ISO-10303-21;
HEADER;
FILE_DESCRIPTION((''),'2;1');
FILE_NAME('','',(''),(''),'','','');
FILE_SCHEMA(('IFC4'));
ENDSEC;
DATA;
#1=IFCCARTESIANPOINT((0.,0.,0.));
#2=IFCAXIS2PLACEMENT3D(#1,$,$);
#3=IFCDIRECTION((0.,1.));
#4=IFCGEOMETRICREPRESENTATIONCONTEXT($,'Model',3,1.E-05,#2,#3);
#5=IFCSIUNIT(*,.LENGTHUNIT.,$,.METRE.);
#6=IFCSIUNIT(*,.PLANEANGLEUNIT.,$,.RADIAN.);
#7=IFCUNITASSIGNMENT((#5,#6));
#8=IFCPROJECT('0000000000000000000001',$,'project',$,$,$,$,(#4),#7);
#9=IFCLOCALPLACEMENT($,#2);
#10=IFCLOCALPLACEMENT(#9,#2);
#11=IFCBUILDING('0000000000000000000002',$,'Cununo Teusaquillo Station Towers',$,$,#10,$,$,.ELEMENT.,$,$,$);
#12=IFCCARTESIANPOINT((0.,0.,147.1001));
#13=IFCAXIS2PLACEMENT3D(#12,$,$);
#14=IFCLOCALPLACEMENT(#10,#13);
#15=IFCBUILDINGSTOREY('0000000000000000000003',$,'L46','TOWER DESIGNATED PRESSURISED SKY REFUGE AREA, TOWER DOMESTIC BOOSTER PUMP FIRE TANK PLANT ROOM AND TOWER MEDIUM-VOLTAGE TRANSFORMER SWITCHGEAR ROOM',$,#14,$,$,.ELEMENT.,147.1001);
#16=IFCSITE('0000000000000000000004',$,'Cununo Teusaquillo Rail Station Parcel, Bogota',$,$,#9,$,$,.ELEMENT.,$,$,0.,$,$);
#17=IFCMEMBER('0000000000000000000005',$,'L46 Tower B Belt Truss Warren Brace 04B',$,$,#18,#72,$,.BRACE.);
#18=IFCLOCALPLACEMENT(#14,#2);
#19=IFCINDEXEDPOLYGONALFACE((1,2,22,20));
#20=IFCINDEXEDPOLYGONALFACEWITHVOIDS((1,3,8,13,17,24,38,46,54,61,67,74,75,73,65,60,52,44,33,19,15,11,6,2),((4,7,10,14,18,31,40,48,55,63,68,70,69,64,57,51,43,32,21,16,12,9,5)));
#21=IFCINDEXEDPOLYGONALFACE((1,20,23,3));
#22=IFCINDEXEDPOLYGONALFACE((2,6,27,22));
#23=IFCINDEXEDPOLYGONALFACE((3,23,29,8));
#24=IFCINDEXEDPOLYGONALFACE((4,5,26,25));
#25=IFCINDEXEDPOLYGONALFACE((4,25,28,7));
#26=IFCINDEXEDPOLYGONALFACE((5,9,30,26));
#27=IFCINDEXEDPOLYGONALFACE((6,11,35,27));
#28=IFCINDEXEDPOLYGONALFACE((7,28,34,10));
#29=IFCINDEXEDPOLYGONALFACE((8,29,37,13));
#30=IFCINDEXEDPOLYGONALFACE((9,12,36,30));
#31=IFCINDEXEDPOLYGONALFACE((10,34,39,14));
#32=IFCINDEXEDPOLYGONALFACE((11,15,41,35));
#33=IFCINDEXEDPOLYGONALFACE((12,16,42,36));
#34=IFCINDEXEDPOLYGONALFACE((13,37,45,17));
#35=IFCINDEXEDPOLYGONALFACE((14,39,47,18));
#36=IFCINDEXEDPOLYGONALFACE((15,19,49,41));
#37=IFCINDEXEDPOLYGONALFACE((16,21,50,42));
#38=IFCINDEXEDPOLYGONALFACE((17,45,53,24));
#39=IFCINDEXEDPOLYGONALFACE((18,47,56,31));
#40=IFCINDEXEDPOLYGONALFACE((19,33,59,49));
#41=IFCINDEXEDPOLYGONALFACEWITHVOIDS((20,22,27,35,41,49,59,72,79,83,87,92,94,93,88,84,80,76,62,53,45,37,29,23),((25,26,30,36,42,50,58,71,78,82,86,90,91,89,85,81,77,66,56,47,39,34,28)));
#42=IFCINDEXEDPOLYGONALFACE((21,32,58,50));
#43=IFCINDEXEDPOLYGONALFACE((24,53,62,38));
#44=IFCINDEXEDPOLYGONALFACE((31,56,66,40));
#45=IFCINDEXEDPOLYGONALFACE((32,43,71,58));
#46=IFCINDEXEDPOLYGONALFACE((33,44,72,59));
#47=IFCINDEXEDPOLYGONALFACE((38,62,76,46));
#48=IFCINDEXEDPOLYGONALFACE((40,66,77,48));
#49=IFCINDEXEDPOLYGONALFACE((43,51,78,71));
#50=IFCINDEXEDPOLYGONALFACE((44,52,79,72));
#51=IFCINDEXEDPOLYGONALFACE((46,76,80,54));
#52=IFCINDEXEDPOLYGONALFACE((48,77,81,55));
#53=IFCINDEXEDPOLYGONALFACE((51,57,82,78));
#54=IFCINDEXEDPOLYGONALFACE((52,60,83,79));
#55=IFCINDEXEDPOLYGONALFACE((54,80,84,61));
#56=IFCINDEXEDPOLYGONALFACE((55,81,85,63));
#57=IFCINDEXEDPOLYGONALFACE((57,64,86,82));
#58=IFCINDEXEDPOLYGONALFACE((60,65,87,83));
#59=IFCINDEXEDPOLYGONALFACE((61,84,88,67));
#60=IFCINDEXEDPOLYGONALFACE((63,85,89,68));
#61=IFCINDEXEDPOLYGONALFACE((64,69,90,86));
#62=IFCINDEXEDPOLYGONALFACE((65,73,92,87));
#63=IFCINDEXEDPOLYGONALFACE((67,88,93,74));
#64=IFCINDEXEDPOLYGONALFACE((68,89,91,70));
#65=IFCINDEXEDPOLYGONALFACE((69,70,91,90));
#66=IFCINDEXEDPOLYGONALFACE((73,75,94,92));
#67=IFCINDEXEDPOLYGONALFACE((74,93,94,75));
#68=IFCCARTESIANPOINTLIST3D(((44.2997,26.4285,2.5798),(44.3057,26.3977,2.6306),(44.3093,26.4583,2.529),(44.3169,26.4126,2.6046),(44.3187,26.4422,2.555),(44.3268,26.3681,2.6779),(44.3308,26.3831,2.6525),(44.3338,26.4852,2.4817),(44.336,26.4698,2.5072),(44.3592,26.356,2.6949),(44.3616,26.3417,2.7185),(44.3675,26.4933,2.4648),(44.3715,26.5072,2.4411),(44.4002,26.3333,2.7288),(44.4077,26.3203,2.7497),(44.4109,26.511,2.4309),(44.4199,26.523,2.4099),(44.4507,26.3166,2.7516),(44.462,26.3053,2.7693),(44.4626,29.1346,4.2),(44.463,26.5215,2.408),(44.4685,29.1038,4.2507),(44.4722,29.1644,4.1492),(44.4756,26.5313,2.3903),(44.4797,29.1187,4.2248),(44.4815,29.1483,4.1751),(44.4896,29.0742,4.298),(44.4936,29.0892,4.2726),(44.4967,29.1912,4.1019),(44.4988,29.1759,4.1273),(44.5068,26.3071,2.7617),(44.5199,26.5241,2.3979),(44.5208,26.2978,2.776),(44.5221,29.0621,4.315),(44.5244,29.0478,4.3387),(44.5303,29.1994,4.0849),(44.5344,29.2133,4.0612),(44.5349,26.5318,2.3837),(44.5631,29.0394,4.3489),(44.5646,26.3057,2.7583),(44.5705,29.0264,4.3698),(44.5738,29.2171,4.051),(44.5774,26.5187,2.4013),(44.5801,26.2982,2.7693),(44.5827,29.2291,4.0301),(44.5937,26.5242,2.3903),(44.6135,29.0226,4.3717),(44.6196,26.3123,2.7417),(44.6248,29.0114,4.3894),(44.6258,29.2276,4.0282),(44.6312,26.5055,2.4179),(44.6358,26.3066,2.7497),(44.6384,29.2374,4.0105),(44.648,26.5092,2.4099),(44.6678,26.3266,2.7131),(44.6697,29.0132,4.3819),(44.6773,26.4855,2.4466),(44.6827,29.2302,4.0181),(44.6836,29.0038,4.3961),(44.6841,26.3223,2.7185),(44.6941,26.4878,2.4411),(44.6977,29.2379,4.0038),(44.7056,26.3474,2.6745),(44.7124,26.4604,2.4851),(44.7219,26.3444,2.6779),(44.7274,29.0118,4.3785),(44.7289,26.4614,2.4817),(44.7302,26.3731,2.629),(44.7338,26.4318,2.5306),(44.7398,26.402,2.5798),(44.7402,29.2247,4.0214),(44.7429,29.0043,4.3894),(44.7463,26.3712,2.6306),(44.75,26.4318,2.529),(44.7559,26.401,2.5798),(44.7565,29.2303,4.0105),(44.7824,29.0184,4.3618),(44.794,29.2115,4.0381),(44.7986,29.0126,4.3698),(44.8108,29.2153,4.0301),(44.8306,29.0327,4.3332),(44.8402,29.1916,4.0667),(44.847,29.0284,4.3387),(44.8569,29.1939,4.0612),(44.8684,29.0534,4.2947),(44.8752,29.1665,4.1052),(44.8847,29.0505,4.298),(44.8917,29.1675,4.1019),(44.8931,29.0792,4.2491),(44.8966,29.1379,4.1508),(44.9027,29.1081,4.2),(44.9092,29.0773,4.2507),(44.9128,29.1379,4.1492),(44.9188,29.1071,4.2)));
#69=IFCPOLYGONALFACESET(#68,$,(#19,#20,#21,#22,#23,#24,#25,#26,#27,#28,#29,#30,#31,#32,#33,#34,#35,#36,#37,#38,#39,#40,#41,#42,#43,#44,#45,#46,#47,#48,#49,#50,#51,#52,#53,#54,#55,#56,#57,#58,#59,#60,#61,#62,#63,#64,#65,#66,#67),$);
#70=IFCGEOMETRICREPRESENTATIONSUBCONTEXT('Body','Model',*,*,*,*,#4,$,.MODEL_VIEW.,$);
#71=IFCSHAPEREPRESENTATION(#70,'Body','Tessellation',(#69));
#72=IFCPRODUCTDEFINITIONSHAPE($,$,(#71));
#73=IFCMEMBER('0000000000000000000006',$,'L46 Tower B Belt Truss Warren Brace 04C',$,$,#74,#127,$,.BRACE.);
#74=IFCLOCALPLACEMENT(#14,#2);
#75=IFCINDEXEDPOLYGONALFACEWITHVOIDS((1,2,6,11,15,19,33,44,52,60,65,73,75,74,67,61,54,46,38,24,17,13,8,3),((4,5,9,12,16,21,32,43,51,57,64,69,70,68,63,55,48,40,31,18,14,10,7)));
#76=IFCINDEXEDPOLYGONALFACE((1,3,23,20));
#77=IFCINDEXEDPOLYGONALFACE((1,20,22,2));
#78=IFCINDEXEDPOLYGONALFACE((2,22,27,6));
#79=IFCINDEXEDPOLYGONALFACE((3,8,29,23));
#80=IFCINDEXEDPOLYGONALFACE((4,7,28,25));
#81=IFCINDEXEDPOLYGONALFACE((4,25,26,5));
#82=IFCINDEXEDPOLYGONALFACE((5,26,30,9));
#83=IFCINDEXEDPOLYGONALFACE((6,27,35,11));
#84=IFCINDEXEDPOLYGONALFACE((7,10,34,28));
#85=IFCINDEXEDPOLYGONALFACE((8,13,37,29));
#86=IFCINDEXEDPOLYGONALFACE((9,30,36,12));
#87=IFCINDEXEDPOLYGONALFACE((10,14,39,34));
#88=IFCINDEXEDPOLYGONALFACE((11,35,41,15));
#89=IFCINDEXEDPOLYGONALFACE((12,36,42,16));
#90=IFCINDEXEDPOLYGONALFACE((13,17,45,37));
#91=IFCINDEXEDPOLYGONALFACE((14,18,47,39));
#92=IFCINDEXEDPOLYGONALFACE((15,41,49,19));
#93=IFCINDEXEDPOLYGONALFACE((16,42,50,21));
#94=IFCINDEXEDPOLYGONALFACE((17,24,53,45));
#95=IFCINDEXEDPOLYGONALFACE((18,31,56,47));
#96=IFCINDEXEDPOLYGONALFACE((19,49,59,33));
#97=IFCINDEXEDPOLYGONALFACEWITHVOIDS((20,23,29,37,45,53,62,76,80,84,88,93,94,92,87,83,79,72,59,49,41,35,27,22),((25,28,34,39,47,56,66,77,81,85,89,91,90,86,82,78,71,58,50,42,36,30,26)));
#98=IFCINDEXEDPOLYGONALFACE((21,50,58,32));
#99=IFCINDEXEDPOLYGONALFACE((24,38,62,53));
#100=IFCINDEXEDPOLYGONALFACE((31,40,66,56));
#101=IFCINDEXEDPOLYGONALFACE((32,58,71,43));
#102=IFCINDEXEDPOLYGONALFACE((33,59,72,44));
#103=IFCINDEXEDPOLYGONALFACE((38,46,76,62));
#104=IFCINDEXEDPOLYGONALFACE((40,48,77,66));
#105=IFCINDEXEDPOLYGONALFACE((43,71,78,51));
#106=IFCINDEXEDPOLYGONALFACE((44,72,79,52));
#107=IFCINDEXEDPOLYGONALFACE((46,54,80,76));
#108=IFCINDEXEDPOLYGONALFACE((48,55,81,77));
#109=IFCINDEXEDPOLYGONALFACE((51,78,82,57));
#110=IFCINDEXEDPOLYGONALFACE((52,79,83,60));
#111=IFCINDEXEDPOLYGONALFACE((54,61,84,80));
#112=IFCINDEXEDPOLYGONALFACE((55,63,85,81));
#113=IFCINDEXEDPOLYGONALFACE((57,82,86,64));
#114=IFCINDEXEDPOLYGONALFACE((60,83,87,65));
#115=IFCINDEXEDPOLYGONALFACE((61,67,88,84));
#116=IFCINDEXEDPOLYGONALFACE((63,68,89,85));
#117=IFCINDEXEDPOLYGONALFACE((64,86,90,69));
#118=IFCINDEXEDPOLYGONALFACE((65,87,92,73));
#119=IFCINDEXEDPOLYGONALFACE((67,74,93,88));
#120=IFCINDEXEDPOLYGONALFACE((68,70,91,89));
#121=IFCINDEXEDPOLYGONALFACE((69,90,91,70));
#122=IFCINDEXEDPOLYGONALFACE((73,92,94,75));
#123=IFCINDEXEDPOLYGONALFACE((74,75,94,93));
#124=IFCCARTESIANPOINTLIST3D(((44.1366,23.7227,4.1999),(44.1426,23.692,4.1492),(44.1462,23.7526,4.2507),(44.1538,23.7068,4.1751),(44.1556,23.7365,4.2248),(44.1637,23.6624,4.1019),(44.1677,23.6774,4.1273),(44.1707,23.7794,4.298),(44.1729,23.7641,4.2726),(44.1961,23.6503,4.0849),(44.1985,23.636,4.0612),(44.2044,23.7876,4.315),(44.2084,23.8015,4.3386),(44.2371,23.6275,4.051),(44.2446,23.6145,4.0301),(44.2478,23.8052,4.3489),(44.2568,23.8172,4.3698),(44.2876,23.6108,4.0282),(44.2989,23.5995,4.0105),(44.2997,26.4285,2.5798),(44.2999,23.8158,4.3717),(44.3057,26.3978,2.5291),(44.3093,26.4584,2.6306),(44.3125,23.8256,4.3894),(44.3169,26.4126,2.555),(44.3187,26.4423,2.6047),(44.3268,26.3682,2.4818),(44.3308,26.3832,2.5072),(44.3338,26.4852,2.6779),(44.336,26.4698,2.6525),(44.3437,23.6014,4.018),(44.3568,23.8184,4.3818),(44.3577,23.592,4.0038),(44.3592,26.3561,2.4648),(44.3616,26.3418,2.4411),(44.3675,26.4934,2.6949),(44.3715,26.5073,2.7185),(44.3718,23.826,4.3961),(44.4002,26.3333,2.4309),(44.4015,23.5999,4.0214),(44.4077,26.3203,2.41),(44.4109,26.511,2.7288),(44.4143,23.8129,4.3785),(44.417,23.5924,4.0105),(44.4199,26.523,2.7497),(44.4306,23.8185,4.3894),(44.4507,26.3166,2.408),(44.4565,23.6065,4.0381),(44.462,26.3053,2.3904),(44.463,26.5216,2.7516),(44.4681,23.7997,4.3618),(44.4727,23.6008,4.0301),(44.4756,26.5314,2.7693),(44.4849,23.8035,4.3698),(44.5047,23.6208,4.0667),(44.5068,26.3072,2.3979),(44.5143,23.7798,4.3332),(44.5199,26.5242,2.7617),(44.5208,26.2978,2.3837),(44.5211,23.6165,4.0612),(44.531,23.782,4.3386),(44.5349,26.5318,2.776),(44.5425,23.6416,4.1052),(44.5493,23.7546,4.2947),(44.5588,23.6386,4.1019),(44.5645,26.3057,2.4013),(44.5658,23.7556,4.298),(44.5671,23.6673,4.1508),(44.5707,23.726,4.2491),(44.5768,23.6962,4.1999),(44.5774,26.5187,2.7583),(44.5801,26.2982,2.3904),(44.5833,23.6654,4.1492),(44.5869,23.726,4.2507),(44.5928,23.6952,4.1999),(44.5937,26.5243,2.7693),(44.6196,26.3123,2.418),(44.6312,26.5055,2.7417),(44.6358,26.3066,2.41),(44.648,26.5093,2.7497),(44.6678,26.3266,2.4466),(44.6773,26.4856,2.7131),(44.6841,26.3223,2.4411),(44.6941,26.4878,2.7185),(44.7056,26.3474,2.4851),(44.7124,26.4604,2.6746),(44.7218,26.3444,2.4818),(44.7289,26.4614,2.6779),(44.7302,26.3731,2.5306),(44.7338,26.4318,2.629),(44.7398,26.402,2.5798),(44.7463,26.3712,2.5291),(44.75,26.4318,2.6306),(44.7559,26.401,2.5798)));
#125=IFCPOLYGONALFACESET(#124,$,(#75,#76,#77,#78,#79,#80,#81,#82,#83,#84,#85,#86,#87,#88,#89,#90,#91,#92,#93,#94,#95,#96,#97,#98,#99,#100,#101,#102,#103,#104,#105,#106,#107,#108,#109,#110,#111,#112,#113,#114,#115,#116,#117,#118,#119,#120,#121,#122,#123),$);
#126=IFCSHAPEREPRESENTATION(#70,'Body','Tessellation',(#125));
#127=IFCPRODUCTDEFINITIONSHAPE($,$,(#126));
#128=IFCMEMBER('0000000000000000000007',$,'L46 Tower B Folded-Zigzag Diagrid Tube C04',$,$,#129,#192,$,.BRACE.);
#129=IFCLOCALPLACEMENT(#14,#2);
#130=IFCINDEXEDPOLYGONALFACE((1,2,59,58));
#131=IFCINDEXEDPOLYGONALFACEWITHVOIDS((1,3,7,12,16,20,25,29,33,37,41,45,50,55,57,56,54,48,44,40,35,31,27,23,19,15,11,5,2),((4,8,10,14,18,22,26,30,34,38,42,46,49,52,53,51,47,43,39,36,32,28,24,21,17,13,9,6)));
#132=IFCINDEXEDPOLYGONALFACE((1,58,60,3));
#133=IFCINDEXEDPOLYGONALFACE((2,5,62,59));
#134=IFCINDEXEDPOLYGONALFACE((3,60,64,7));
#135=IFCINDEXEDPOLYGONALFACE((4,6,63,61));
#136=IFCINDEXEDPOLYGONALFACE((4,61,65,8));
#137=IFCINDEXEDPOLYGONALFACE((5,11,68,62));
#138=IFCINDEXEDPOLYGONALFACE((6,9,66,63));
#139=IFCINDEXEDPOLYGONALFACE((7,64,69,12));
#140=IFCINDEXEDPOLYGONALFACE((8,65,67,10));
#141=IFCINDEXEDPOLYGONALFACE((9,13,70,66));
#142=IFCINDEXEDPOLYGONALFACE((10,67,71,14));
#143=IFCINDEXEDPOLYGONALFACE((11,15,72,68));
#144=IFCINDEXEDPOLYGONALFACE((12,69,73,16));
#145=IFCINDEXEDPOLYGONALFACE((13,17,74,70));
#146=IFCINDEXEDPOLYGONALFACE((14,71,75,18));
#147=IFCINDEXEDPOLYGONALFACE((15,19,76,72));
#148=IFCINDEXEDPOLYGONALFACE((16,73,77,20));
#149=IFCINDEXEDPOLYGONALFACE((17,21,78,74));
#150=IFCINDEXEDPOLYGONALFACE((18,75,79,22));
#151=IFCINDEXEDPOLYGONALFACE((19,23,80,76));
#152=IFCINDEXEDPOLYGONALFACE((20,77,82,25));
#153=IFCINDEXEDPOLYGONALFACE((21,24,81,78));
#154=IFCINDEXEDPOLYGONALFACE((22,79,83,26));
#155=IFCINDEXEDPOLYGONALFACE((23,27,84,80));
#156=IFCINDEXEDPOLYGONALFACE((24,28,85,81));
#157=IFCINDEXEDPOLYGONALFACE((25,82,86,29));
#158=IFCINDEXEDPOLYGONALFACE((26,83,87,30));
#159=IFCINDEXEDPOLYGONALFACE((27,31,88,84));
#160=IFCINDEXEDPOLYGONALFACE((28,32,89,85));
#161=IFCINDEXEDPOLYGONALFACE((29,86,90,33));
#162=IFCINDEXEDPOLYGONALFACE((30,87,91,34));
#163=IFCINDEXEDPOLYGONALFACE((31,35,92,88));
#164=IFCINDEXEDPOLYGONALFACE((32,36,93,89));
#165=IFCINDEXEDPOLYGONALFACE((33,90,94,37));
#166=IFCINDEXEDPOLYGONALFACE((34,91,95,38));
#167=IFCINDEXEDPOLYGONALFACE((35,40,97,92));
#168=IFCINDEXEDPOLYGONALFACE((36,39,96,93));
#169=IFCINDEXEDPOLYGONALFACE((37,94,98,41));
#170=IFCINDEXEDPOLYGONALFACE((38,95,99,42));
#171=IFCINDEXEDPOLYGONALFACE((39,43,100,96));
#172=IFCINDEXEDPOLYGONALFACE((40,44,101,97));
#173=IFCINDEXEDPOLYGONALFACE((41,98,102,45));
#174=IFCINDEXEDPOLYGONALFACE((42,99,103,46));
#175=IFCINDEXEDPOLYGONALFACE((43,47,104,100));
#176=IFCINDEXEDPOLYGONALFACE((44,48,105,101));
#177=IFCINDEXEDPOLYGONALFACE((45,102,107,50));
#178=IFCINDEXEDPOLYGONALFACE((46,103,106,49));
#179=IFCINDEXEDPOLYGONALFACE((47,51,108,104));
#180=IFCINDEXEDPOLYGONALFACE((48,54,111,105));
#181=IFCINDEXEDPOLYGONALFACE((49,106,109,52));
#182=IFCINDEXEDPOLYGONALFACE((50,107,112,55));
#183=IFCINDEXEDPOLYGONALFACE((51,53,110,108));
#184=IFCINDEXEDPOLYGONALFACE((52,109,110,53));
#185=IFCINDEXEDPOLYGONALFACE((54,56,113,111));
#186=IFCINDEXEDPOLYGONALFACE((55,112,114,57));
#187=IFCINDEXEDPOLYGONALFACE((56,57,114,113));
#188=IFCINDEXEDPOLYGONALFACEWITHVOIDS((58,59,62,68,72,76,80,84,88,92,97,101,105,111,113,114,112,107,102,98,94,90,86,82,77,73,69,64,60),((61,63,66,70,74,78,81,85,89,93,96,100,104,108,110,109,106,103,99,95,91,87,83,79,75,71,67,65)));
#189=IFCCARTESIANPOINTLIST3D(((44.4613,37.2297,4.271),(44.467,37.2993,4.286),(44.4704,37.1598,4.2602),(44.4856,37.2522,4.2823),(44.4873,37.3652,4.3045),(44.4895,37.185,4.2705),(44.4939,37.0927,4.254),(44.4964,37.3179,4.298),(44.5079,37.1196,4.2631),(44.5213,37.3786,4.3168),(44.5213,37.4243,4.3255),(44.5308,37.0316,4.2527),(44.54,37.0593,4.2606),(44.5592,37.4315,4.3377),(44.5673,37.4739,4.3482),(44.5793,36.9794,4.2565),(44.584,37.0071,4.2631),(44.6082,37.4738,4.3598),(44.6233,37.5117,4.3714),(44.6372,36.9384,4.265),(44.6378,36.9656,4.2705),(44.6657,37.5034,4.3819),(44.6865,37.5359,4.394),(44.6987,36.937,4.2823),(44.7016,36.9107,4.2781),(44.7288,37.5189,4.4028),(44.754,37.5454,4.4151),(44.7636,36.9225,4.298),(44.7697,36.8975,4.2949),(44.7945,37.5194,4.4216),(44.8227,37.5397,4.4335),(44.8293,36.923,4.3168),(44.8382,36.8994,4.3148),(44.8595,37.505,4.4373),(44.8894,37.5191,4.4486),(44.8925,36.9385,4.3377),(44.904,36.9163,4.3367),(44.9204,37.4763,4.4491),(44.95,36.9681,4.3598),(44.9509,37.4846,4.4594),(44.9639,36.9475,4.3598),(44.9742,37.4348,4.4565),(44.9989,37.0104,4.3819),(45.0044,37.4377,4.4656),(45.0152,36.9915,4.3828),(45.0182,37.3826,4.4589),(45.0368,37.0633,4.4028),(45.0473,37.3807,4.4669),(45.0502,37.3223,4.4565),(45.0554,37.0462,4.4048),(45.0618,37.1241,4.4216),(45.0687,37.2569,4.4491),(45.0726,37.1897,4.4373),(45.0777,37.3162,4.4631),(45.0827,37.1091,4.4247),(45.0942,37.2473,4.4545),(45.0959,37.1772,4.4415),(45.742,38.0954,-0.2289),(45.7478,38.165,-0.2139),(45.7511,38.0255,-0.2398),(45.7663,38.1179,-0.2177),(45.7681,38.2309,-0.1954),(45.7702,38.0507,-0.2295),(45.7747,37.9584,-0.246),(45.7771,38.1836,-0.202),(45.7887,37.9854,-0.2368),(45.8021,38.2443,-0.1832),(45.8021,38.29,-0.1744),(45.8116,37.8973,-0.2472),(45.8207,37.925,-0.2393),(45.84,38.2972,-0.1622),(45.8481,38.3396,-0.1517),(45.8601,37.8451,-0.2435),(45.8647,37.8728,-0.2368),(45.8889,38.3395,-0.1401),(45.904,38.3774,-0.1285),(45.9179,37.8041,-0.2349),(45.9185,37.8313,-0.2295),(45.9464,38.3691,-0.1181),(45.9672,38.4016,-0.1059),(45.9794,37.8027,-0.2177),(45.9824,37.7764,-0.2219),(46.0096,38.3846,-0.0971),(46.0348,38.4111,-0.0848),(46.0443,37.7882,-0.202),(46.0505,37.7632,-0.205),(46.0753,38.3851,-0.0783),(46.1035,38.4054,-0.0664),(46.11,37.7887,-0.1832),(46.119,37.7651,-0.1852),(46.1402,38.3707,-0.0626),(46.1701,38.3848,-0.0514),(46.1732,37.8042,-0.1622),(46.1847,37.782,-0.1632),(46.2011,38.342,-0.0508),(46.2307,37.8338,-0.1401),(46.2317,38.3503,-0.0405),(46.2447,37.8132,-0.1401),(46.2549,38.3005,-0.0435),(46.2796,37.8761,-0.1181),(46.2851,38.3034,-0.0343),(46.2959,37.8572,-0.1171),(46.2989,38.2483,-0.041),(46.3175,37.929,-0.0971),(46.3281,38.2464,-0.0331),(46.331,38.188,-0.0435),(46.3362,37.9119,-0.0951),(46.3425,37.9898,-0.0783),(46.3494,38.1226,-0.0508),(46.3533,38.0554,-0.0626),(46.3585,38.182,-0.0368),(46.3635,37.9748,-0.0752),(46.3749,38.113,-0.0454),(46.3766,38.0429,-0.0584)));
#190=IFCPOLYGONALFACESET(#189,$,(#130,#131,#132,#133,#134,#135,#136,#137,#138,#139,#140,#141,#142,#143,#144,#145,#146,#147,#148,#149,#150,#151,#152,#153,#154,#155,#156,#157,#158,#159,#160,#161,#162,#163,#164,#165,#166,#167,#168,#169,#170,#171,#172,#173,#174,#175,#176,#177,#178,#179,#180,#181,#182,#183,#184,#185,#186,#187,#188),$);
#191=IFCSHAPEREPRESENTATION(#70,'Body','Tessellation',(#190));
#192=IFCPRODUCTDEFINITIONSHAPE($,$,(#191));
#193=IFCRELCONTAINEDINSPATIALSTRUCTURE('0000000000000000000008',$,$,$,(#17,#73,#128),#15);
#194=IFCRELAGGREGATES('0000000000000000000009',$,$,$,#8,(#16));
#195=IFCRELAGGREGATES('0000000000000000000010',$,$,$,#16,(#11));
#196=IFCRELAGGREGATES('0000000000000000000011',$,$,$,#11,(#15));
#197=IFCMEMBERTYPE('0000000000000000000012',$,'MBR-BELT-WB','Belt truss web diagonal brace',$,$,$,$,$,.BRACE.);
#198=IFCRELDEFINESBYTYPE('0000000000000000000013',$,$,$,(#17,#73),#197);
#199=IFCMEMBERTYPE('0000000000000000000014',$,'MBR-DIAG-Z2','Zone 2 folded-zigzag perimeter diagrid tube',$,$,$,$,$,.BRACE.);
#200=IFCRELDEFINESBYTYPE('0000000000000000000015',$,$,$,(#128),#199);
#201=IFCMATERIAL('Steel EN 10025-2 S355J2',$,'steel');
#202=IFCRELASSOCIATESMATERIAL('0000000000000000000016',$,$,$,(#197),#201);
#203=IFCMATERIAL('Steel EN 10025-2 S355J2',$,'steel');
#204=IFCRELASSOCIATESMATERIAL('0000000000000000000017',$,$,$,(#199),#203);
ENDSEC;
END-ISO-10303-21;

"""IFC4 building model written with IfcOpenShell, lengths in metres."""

from ifc_helpers import new_model, si_unit, direction, frame, origin, origin_2d, place, context, subcontext, project, spatial, hollow_circle, extrude, material, material_profile, profile_set, type_object, element, save


model = new_model("IFC4")

# Units and contexts
model_context = context("Model", 3, precision=1e-05, world=origin(), true_north=direction((0.0, 1.0)))
body_context = subcontext(model_context, "Body", "Model", "MODEL_VIEW")
ifc_project = project(units=[si_unit("LENGTHUNIT", "METRE"), si_unit("PLANEANGLEUNIT", "RADIAN")], contexts=[model_context])

# Site, building, storey
site_placement = place(None, origin())
site = spatial("IfcSite", under=ifc_project, at=site_placement, Name="Cununo Teusaquillo Rail Station Parcel, Bogota", CompositionType="ELEMENT", RefElevation=0.0)
building_placement = place(site_placement, origin())
building = spatial("IfcBuilding", under=site, at=building_placement, Name="Cununo Teusaquillo Station Towers", CompositionType="ELEMENT")
storey_placement = place(building_placement, frame((0.0, 0.0, 147.1001)))
storey = spatial("IfcBuildingStorey", under=building, at=storey_placement, Name="L46", Description="TOWER DESIGNATED PRESSURISED SKY REFUGE AREA, TOWER DOMESTIC BOOSTER PUMP FIRE TANK PLANT ROOM AND TOWER MEDIUM-VOLTAGE TRANSFORMER SWITCHGEAR ROOM", CompositionType="ELEMENT", Elevation=147.1001)

# Members
ifc_material_1 = material(Name="Steel EN 10025-2 S355J2", Category="steel")
ifc_material_profile_1 = material_profile(ifc_material_1, hollow_circle(Radius=0.2285, WallThickness=0.0161, at=origin_2d()), Name="CHS 457x16")
ifc_profile_set_1 = profile_set([ifc_material_profile_1], Name="Steel EN 10025-2 S355J2")
member_type_1 = type_object("IfcMemberType", Name="MBR-BELT-WB", Description="Belt truss web diagonal brace", PredefinedType="BRACE", material=ifc_profile_set_1)
for number, where, z_axis, x_axis, name in (
    (1, (44.6907, 29.1208, 4.2), (-0.051562, -0.856843, -0.512993), (0.998194, -0.060068, 0.0), "L46 Tower B Belt Truss Warren Brace 04B"),
):
    element("IfcMember", number, at=place(storey_placement, frame(where, z_axis=z_axis, x_axis=x_axis)), inside=storey, type_object=member_type_1, Name=name, PredefinedType="BRACE", context=body_context, shape_type="SweptSolid", body=[
        extrude(hollow_circle(Radius=0.2285, WallThickness=0.0161, at=origin_2d()), origin(), (0.0, 0.0, 1.0), 3.1582),
    ])
member_1_placement = place(storey_placement, frame((44.5278, 26.4148, 2.5798), z_axis=(-0.051643, -0.856819, 0.513025), x_axis=(0.998189, -0.060163, 0.0)))
element("IfcMember", 2, at=member_1_placement, inside=storey, type_object=member_type_1, Name="L46 Tower B Belt Truss Warren Brace 04C", PredefinedType="BRACE", context=body_context, shape_type="SweptSolid", body=[
    extrude(hollow_circle(Radius=0.2285, WallThickness=0.0161, at=origin_2d()), origin(), (0.0, 0.0, 1.0), 3.158),
])
ifc_material_2 = material(Name="Steel EN 10025-2 S355J2", Category="steel")
ifc_material_profile_2 = material_profile(ifc_material_2, hollow_circle(Radius=0.3301, WallThickness=0.0249, at=origin_2d()), Name="CHS 660x25")
ifc_profile_set_2 = profile_set([ifc_material_profile_2], Name="Steel EN 10025-2 S355J2")
member_type_2 = type_object("IfcMemberType", Name="MBR-DIAG-Z2", Description="Zone 2 folded-zigzag perimeter diagrid tube", PredefinedType="BRACE", material=ifc_profile_set_2)
member_2_placement = place(storey_placement, frame((46.0598, 38.0867, -0.1401), z_axis=(-0.269173, -0.181946, 0.945749), x_axis=(0.56001, -0.828486, 0.0)))
element("IfcMember", 3, at=member_2_placement, inside=storey, type_object=member_type_2, Name="L46 Tower B Folded-Zigzag Diagrid Tube C04", PredefinedType="BRACE", context=body_context, shape_type="SweptSolid", body=[
    extrude(hollow_circle(Radius=0.3301, WallThickness=0.0249, at=origin_2d()), origin(), (0.0, 0.0, 1.0), 4.7581),
])

save(model, "model.ifc")
